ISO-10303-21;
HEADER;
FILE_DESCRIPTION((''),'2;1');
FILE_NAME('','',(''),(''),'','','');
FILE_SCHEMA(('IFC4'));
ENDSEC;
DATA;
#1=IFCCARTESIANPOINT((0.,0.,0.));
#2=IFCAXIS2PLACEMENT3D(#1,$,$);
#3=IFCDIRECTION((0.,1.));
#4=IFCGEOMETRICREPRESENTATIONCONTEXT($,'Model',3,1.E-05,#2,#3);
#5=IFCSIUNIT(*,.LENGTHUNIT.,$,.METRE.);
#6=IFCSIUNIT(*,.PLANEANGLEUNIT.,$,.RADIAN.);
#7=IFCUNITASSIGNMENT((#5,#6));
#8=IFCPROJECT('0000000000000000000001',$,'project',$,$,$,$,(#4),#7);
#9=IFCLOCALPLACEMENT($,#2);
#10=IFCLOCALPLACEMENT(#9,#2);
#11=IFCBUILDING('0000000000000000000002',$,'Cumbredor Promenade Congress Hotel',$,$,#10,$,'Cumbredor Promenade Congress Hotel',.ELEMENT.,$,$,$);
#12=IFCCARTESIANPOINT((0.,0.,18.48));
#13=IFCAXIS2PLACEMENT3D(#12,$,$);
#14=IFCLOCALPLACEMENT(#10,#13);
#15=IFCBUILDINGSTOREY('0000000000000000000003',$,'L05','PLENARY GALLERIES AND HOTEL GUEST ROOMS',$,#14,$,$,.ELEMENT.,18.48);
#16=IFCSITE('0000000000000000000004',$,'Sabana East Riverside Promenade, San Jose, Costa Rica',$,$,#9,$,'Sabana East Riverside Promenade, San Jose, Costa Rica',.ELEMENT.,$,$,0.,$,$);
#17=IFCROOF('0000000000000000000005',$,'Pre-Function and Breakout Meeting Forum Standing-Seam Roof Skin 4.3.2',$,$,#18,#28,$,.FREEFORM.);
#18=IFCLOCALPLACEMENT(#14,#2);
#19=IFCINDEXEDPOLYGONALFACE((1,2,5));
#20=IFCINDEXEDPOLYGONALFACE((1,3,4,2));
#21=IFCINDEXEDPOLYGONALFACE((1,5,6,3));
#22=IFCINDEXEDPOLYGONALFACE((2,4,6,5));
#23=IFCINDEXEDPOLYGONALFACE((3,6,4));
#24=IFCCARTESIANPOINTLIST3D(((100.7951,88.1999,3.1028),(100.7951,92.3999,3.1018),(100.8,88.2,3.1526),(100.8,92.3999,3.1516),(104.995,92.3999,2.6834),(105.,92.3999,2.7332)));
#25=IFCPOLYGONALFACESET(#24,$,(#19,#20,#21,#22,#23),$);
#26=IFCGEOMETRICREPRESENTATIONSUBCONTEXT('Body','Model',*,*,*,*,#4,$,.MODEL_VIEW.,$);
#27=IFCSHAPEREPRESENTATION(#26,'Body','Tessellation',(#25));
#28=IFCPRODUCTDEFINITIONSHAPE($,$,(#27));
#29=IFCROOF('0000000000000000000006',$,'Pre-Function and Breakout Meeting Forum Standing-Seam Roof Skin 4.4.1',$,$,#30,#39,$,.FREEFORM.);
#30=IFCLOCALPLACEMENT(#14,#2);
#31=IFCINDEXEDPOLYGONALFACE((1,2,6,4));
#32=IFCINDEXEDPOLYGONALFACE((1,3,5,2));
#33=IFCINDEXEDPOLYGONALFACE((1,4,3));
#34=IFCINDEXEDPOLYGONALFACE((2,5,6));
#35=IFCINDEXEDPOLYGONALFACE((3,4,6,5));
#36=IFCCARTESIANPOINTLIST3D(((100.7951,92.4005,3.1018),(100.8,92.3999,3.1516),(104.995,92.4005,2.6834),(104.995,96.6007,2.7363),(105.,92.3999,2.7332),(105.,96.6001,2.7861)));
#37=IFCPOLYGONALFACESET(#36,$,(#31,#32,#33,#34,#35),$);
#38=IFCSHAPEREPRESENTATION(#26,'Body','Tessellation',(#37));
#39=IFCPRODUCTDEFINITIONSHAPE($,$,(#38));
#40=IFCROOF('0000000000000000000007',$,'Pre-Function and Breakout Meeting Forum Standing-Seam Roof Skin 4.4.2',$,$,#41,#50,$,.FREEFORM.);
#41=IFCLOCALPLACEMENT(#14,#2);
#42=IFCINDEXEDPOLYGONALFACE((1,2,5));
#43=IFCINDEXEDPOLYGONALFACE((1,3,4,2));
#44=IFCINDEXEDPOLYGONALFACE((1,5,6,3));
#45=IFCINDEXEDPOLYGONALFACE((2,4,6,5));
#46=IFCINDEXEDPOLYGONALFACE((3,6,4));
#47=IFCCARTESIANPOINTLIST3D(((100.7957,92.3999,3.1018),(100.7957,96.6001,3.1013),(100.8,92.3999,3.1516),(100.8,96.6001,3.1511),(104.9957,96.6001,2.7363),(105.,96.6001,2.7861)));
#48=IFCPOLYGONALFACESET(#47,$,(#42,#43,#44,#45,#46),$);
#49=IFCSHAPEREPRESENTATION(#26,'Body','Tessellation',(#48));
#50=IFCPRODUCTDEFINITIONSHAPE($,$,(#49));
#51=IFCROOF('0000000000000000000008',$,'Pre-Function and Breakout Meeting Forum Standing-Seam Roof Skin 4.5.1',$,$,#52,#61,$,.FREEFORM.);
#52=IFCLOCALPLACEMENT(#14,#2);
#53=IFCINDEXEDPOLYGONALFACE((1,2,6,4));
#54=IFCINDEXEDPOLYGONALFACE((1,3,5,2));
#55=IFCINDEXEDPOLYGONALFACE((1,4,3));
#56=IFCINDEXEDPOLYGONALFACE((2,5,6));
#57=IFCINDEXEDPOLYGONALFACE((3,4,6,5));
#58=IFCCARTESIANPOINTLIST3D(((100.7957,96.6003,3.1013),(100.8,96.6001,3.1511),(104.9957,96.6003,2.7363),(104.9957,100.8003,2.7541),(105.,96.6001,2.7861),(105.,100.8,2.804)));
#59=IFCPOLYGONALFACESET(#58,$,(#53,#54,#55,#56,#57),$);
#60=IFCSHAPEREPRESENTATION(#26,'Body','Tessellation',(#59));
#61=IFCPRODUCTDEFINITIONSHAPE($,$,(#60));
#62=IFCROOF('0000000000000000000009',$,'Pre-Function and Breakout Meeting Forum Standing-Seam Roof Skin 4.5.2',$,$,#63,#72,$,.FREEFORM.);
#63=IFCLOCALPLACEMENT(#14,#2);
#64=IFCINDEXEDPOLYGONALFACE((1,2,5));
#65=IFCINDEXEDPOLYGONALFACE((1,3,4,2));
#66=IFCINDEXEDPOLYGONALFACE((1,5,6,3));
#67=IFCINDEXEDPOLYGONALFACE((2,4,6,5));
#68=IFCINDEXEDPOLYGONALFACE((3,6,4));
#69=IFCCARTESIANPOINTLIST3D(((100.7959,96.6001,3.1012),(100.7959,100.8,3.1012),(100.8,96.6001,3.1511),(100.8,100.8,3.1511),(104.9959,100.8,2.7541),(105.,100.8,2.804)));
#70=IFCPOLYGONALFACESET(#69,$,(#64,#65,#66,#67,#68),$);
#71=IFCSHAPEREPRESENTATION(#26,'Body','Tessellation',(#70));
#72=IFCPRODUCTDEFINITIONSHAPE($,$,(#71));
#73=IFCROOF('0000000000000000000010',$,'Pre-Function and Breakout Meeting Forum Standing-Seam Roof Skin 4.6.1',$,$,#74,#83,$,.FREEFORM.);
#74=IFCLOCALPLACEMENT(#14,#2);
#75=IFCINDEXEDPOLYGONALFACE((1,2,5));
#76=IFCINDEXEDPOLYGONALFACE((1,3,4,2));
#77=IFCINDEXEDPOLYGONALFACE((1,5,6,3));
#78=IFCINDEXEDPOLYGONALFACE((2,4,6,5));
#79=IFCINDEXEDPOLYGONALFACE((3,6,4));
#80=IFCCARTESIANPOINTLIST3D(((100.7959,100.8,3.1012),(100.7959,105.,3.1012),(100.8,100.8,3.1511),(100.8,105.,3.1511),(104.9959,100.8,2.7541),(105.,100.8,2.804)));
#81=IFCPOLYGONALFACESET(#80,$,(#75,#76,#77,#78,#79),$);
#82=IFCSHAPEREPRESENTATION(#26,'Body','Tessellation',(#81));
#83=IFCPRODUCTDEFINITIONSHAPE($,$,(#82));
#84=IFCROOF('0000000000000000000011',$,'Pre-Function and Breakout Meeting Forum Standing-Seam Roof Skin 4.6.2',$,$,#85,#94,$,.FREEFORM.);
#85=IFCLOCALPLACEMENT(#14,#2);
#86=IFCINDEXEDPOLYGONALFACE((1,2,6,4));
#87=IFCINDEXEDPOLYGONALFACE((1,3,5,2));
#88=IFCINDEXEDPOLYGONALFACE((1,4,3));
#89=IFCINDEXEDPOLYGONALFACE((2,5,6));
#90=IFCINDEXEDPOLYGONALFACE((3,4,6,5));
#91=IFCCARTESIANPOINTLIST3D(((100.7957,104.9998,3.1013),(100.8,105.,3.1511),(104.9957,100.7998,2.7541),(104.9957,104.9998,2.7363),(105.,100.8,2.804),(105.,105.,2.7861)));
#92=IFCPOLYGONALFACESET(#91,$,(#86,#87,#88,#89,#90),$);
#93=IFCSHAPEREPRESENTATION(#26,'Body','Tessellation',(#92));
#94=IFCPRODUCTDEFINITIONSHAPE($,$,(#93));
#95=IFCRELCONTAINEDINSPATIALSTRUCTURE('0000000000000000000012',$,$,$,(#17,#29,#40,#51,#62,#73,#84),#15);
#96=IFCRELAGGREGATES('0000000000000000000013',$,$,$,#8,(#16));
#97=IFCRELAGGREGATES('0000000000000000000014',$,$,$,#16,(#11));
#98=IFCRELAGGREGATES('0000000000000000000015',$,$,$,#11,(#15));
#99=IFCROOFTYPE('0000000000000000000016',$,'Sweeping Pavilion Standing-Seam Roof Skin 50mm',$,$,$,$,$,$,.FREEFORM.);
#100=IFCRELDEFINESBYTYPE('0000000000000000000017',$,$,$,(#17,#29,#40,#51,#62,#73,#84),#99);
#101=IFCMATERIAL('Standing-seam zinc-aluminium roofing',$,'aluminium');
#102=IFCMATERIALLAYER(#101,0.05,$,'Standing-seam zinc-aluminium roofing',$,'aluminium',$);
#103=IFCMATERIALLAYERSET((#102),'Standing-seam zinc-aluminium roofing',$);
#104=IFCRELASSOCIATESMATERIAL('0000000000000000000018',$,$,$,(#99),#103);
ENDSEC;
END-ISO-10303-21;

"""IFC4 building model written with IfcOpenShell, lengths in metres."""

from ifc_helpers import new_model, si_unit, direction, frame, origin, place, context, subcontext, project, spatial, polyline, outline, extrude, material, layer, layer_set, type_object, element, save


model = new_model("IFC4")

# Units and contexts
model_context = context("Model", 3, precision=1e-05, world=origin(), true_north=direction((0.0, 1.0)))
body_context = subcontext(model_context, "Body", "Model", "MODEL_VIEW")
ifc_project = project(units=[si_unit("LENGTHUNIT", "METRE"), si_unit("PLANEANGLEUNIT", "RADIAN")], contexts=[model_context])

# Site, building, storey
site_placement = place(None, origin())
site = spatial("IfcSite", under=ifc_project, at=site_placement, Name="Sabana East Riverside Promenade, San Jose, Costa Rica", LongName="Sabana East Riverside Promenade, San Jose, Costa Rica", CompositionType="ELEMENT", RefElevation=0.0)
building_placement = place(site_placement, origin())
building = spatial("IfcBuilding", under=site, at=building_placement, Name="Cumbredor Promenade Congress Hotel", LongName="Cumbredor Promenade Congress Hotel", CompositionType="ELEMENT")
storey_placement = place(building_placement, frame((0.0, 0.0, 18.48)))
storey = spatial("IfcBuildingStorey", under=building, at=storey_placement, Name="L05", Description="PLENARY GALLERIES AND HOTEL GUEST ROOMS", CompositionType="ELEMENT", Elevation=18.48)

# Roofs
ifc_material_1 = material(Name="Standing-seam zinc-aluminium roofing", Category="aluminium")
ifc_layer_1 = layer(ifc_material_1, 0.05, Name="Standing-seam zinc-aluminium roofing", Category="aluminium")
ifc_layer_set_1 = layer_set([ifc_layer_1], Name="Standing-seam zinc-aluminium roofing")
roof_type = type_object("IfcRoofType", Name="Sweeping Pavilion Standing-Seam Roof Skin 50mm", PredefinedType="FREEFORM", material=ifc_layer_set_1)
roof_1_placement = place(storey_placement, frame((100.8, 88.2, 3.1526), z_axis=(0.099143, 0.000231, 0.995073), x_axis=(0.70535, 0.70535, -0.070441)))
element("IfcRoof", 1, at=roof_1_placement, inside=storey, type_object=roof_type, Name="Pre-Function and Breakout Meeting Forum Standing-Seam Roof Skin 4.3.2", PredefinedType="FREEFORM", context=body_context, shape_type="SweptSolid", body=[
    extrude(outline(polyline([(0.0, 0.0), (5.9544, 0.0), (2.9625, 2.9771), (0.0, 0.0)])), origin(), (0.0, 0.0, -1.0), 0.05),
])
roof_2_placement = place(storey_placement, frame((100.8, 92.3999, 3.1516), z_axis=(0.099135, -0.01255, 0.994995), x_axis=(0.995073, 0.0, -0.099143)))
element("IfcRoof", 2, at=roof_2_placement, inside=storey, type_object=roof_type, Name="Pre-Function and Breakout Meeting Forum Standing-Seam Roof Skin 4.4.1", PredefinedType="FREEFORM", context=body_context, shape_type="SweptSolid", body=[
    extrude(outline(polyline([(0.0, 0.0), (4.2207, 0.0), (4.2155, 4.2005), (0.0, 0.0)])), origin(), (0.0, 0.0, -1.0), 0.05),
])
roof_3_placement = place(storey_placement, frame((100.8, 92.3999, 3.1516), z_axis=(0.086577, 0.000116, 0.996245), x_axis=(0.705752, 0.705793, -0.061414)))
element("IfcRoof", 3, at=roof_3_placement, inside=storey, type_object=roof_type, Name="Pre-Function and Breakout Meeting Forum Standing-Seam Roof Skin 4.4.2", PredefinedType="FREEFORM", context=body_context, shape_type="SweptSolid", body=[
    extrude(outline(polyline([(0.0, 0.0), (5.951, 0.0), (2.9645, 2.9755), (0.0, 0.0)])), origin(), (0.0, 0.0, -1.0), 0.05),
])
roof_4_placement = place(storey_placement, frame((100.8, 96.6001, 3.1511), z_axis=(0.086576, -0.004227, 0.996236), x_axis=(0.996245, 0.0, -0.086577)))
element("IfcRoof", 4, at=roof_4_placement, inside=storey, type_object=roof_type, Name="Pre-Function and Breakout Meeting Forum Standing-Seam Roof Skin 4.5.1", PredefinedType="FREEFORM", context=body_context, shape_type="SweptSolid", body=[
    extrude(outline(polyline([(0.0, 0.0), (4.2158, 0.0), (4.2142, 4.2), (0.0, 0.0)])), origin(), (0.0, 0.0, -1.0), 0.05),
])
roof_5_placement = place(storey_placement, frame((100.8, 96.6001, 3.1511), z_axis=(0.082379, 0.0, 0.996601), x_axis=(0.705902, 0.705902, -0.05835)))
element("IfcRoof", 5, at=roof_5_placement, inside=storey, type_object=roof_type, Name="Pre-Function and Breakout Meeting Forum Standing-Seam Roof Skin 4.5.2", PredefinedType="FREEFORM", context=body_context, shape_type="SweptSolid", body=[
    extrude(outline(polyline([(0.0, 0.0), (5.9498, 0.0), (2.9648, 2.9749), (0.0, 0.0)])), origin(), (0.0, 0.0, -1.0), 0.05),
])
roof_6_placement = place(storey_placement, frame((100.8, 100.8, 3.1511), z_axis=(0.082379, 0.0, 0.996601), x_axis=(0.996601, 0.0, -0.082379)))
element("IfcRoof", 6, at=roof_6_placement, inside=storey, type_object=roof_type, Name="Pre-Function and Breakout Meeting Forum Standing-Seam Roof Skin 4.6.1", PredefinedType="FREEFORM", context=body_context, shape_type="SweptSolid", body=[
    extrude(outline(polyline([(0.0, 0.0), (4.2143, 0.0), (0.0, 4.2), (0.0, 0.0)])), origin(), (0.0, 0.0, -1.0), 0.05),
])
roof_7_placement = place(storey_placement, frame((105.0, 100.8, 2.804), z_axis=(0.086576, 0.004227, 0.996236), x_axis=(0.0, 0.999991, -0.004243)))
element("IfcRoof", 7, at=roof_7_placement, inside=storey, type_object=roof_type, Name="Pre-Function and Breakout Meeting Forum Standing-Seam Roof Skin 4.6.2", PredefinedType="FREEFORM", context=body_context, shape_type="SweptSolid", body=[
    extrude(outline(polyline([(0.0, 0.0), (4.2, 0.0), (4.1984, 4.2158), (0.0, 0.0)])), origin(), (0.0, 0.0, -1.0), 0.05),
])

save(model, "model.ifc")
